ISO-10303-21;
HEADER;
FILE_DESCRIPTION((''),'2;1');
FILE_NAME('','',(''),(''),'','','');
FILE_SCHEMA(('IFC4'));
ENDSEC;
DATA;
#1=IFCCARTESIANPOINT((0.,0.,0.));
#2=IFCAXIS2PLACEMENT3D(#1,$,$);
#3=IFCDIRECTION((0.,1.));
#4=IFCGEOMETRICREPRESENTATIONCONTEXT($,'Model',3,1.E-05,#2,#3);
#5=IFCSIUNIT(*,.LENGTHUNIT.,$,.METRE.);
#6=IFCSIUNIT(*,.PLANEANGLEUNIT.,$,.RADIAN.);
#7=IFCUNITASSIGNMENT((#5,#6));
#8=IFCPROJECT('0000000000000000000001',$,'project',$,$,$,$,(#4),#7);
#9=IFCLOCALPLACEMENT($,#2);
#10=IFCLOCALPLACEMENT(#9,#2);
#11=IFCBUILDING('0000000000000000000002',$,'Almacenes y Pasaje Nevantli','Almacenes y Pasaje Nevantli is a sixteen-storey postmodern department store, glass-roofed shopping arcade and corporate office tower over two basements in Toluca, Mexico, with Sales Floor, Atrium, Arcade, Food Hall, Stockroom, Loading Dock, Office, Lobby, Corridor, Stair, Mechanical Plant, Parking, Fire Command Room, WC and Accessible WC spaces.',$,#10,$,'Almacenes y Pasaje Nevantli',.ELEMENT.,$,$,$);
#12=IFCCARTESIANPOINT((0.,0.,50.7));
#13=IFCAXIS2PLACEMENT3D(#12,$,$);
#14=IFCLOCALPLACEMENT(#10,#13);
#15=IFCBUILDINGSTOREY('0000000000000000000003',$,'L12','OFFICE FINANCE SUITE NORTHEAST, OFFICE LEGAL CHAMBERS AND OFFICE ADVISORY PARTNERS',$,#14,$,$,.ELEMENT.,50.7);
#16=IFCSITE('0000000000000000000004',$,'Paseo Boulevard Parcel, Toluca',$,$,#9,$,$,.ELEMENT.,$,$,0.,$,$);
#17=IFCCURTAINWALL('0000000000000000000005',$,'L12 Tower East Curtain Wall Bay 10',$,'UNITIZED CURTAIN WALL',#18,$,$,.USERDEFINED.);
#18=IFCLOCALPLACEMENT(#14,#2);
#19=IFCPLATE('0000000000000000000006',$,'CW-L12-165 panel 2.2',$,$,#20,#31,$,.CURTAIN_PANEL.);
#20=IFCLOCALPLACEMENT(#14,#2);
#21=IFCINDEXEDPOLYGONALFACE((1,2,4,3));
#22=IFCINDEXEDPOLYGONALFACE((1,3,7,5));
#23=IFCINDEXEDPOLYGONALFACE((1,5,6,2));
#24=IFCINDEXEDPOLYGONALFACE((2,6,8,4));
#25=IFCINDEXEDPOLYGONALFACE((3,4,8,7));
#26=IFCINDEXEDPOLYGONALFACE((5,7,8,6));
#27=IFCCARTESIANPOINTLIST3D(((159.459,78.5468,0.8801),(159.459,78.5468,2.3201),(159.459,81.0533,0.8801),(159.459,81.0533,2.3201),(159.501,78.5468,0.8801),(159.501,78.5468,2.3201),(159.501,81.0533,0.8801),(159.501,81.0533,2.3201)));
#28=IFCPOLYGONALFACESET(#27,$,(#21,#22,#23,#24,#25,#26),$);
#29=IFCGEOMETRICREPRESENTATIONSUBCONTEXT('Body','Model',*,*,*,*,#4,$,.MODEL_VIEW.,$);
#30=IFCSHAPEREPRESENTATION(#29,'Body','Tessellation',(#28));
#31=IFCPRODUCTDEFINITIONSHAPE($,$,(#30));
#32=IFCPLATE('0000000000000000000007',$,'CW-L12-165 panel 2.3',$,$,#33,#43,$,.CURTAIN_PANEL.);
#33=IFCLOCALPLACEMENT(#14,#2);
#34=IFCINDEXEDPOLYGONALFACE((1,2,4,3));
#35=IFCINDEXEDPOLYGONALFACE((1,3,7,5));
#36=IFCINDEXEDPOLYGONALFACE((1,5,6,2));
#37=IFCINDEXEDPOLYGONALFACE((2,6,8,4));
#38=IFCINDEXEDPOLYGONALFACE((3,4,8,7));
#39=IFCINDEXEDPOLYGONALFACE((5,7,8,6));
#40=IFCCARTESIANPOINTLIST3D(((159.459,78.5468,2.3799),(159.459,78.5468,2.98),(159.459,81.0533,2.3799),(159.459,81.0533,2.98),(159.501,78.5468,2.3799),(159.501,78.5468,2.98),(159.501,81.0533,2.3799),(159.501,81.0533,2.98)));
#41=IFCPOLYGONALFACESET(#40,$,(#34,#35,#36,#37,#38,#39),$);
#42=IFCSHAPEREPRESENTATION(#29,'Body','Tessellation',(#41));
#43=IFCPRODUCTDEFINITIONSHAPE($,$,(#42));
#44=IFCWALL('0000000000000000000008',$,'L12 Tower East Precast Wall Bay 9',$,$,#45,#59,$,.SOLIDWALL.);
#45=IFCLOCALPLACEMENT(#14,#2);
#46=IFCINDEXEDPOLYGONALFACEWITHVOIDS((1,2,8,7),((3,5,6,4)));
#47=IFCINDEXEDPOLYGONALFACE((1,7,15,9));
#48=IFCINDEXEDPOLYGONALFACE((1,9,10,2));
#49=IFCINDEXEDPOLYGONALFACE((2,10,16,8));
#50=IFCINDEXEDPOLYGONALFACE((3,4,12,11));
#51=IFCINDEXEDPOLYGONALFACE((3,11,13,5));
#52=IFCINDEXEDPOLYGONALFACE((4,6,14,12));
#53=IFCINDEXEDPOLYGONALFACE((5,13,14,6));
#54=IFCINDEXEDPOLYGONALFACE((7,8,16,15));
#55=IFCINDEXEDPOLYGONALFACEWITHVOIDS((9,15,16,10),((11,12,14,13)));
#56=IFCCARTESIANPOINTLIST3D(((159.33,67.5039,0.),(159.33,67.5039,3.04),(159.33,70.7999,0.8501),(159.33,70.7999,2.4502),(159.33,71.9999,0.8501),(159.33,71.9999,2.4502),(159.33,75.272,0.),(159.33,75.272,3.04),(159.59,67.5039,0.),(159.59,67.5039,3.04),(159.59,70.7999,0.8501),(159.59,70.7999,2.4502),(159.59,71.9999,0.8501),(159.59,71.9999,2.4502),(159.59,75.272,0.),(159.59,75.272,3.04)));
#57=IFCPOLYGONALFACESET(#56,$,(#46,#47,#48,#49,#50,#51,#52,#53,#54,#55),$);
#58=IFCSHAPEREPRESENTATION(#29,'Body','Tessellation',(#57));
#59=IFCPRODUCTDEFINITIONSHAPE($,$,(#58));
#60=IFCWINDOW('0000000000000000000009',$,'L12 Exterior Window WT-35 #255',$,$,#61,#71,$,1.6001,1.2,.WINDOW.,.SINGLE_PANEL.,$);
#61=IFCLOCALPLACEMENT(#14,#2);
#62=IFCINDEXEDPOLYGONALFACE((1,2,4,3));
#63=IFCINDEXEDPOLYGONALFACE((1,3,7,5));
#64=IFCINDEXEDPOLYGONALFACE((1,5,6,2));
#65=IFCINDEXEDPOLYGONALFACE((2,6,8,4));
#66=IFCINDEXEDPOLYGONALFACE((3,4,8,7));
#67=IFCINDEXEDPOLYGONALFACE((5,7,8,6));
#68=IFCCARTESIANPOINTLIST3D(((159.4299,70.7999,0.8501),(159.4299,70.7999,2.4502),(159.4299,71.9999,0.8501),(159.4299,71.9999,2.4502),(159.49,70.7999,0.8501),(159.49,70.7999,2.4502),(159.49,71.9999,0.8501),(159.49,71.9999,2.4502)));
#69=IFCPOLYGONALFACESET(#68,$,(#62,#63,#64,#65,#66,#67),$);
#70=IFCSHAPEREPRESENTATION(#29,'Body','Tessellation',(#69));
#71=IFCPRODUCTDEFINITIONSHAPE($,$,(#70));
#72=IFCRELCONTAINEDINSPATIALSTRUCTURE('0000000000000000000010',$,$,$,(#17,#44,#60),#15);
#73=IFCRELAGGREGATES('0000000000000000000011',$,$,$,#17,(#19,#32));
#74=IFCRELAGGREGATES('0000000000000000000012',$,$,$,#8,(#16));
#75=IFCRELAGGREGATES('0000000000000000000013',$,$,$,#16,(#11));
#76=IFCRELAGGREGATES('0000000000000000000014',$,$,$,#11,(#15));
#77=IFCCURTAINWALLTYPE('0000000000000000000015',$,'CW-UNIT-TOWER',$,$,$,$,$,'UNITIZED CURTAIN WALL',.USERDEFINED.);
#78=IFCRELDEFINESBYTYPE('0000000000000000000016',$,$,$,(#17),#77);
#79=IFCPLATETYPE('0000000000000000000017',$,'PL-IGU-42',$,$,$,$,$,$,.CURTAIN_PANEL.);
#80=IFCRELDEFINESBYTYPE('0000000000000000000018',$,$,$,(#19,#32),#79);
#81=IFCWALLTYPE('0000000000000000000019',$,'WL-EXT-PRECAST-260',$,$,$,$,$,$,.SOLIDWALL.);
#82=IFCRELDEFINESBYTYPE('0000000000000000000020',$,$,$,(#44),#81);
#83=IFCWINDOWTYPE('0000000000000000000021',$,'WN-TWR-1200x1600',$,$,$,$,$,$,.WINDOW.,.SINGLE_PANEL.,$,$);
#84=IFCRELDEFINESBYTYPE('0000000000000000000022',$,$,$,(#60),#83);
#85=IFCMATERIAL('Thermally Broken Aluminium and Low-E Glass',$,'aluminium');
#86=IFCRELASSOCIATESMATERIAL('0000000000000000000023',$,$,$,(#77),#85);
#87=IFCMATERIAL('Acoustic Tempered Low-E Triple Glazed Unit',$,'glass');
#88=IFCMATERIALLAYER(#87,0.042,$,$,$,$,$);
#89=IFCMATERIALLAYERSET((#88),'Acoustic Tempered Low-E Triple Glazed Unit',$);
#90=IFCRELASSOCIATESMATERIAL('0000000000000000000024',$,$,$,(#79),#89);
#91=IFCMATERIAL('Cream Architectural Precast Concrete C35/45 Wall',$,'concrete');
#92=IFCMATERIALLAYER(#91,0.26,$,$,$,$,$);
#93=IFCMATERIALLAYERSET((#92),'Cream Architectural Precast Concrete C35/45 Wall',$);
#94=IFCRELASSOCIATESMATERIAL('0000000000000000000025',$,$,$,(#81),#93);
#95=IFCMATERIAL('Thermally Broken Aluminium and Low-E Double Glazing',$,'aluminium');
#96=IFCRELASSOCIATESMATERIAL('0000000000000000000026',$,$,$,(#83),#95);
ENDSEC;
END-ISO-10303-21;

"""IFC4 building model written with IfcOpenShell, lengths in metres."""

from ifc_helpers import new_model, si_unit, direction, frame, frame_2d, origin, origin_2d, place, context, subcontext, project, spatial, rectangle, extrude, material, layer, layer_set, type_object, element, fill, aggregate, save


model = new_model("IFC4")

# Units and contexts
model_context = context("Model", 3, precision=1e-05, world=origin(), true_north=direction((0.0, 1.0)))
body_context = subcontext(model_context, "Body", "Model", "MODEL_VIEW")
ifc_project = project(units=[si_unit("LENGTHUNIT", "METRE"), si_unit("PLANEANGLEUNIT", "RADIAN")], contexts=[model_context])

# Site, building, storey
site_placement = place(None, origin())
site = spatial("IfcSite", under=ifc_project, at=site_placement, Name="Paseo Boulevard Parcel, Toluca", CompositionType="ELEMENT", RefElevation=0.0)
building_placement = place(site_placement, origin())
building = spatial("IfcBuilding", under=site, at=building_placement, Name="Almacenes y Pasaje Nevantli", Description="Almacenes y Pasaje Nevantli is a sixteen-storey postmodern department store, glass-roofed shopping arcade and corporate office tower over two basements in Toluca, Mexico, with Sales Floor, Atrium, Arcade, Food Hall, Stockroom, Loading Dock, Office, Lobby, Corridor, Stair, Mechanical Plant, Parking, Fire Command Room, WC and Accessible WC spaces.", LongName="Almacenes y Pasaje Nevantli", CompositionType="ELEMENT")
storey_placement = place(building_placement, frame((0.0, 0.0, 50.7)))
storey = spatial("IfcBuildingStorey", under=building, at=storey_placement, Name="L12", Description="OFFICE FINANCE SUITE NORTHEAST, OFFICE LEGAL CHAMBERS AND OFFICE ADVISORY PARTNERS", CompositionType="ELEMENT", Elevation=50.7)

# Shared definitions
ifc_material_1 = material(Name="Thermally Broken Aluminium and Low-E Glass", Category="aluminium")
curtain_wall_type = type_object("IfcCurtainWallType", Name="CW-UNIT-TOWER", ElementType="UNITIZED CURTAIN WALL", PredefinedType="USERDEFINED", material=ifc_material_1)

# Curtain wall
curtain_wall_1_placement = place(storey_placement, origin())
curtain_wall_1 = element("IfcCurtainWall", 1, at=curtain_wall_1_placement, inside=storey, type_object=curtain_wall_type, Name="L12 Tower East Curtain Wall Bay 10", ObjectType="UNITIZED CURTAIN WALL", PredefinedType="USERDEFINED")

# Plates
ifc_material_2 = material(Name="Acoustic Tempered Low-E Triple Glazed Unit", Category="glass")
ifc_layer_1 = layer(ifc_material_2, 0.042)
ifc_layer_set_1 = layer_set([ifc_layer_1], Name="Acoustic Tempered Low-E Triple Glazed Unit")
plate_type_1 = type_object("IfcPlateType", Name="PL-IGU-42", PredefinedType="CURTAIN_PANEL", material=ifc_layer_set_1)
plate_1_placement = place(storey_placement, frame((159.48, 79.8, 0.8801), z_axis=(0.0, 0.0, 1.0), x_axis=(0.0, 1.0, 0.0)))
plate_1 = element("IfcPlate", 2, at=plate_1_placement, type_object=plate_type_1, Name="CW-L12-165 panel 2.2", PredefinedType="CURTAIN_PANEL", context=body_context, shape_type="SweptSolid", body=[
    extrude(rectangle(XDim=2.5066, YDim=0.042, at=origin_2d()), origin(), (0.0, 0.0, 1.0), 1.4399),
])
plate_2_placement = place(storey_placement, frame((159.48, 79.8, 2.3799), z_axis=(0.0, 0.0, 1.0), x_axis=(0.0, 1.0, 0.0)))
plate_2 = element("IfcPlate", 3, at=plate_2_placement, type_object=plate_type_1, Name="CW-L12-165 panel 2.3", PredefinedType="CURTAIN_PANEL", context=body_context, shape_type="SweptSolid", body=[
    extrude(rectangle(XDim=2.5066, YDim=0.042, at=origin_2d()), origin(), (0.0, 0.0, 1.0), 0.6001),
])
aggregate(curtain_wall_1, [plate_1, plate_2])

# Wall, opening, window
ifc_material_3 = material(Name="Cream Architectural Precast Concrete C35/45 Wall", Category="concrete")
ifc_layer_2 = layer(ifc_material_3, 0.26)
ifc_layer_set_2 = layer_set([ifc_layer_2], Name="Cream Architectural Precast Concrete C35/45 Wall")
wall_type = type_object("IfcWallType", Name="WL-EXT-PRECAST-260", PredefinedType="SOLIDWALL", material=ifc_layer_set_2)
wall_placement = place(storey_placement, frame((159.46, 67.5039, 0.0), z_axis=(0.0, 0.0, 1.0), x_axis=(0.0, 1.0, 0.0)))
wall = element("IfcWall", 4, at=wall_placement, inside=storey, type_object=wall_type, Name="L12 Tower East Precast Wall Bay 9", PredefinedType="SOLIDWALL", context=body_context, shape_type="SweptSolid", body=[
    extrude(rectangle(XDim=7.7681, YDim=0.26, at=frame_2d((3.884, 0.0))), origin(), (0.0, 0.0, 1.0), 3.04),
])
opening_placement = place(wall_placement, frame((3.2959, 0.0, 0.8501)))
opening = element("IfcOpeningElement", 5, at=opening_placement, cuts=wall, PredefinedType="OPENING", context=body_context, shape_type="SweptSolid", body=[
    extrude(rectangle(XDim=1.2, YDim=1.6001, at=frame_2d((0.6001, 0.8))), frame((0.0, 0.1399, 0.0), z_axis=(0.0, -1.0, 0.0), x_axis=(1.0, 0.0, 0.0)), (0.0, 0.0, 1.0), 0.28),
])
ifc_material_4 = material(Name="Thermally Broken Aluminium and Low-E Double Glazing", Category="aluminium")
window_type = type_object("IfcWindowType", Name="WN-TWR-1200x1600", PartitioningType="SINGLE_PANEL", PredefinedType="WINDOW", material=ifc_material_4)
window_placement = place(opening_placement, origin())
window = element("IfcWindow", 6, at=window_placement, inside=storey, type_object=window_type, Name="L12 Exterior Window WT-35 #255", OverallHeight=1.6001, OverallWidth=1.2, PartitioningType="SINGLE_PANEL", PredefinedType="WINDOW", context=body_context, shape_type="SweptSolid", body=[
    extrude(rectangle(XDim=1.2, YDim=1.6001, at=frame_2d((0.6001, 0.8))), frame((0.0, 0.03, 0.0), z_axis=(0.0, -1.0, 0.0), x_axis=(1.0, 0.0, 0.0)), (0.0, 0.0, 1.0), 0.0601),
])
fill(opening, window)

save(model, "model.ifc")
